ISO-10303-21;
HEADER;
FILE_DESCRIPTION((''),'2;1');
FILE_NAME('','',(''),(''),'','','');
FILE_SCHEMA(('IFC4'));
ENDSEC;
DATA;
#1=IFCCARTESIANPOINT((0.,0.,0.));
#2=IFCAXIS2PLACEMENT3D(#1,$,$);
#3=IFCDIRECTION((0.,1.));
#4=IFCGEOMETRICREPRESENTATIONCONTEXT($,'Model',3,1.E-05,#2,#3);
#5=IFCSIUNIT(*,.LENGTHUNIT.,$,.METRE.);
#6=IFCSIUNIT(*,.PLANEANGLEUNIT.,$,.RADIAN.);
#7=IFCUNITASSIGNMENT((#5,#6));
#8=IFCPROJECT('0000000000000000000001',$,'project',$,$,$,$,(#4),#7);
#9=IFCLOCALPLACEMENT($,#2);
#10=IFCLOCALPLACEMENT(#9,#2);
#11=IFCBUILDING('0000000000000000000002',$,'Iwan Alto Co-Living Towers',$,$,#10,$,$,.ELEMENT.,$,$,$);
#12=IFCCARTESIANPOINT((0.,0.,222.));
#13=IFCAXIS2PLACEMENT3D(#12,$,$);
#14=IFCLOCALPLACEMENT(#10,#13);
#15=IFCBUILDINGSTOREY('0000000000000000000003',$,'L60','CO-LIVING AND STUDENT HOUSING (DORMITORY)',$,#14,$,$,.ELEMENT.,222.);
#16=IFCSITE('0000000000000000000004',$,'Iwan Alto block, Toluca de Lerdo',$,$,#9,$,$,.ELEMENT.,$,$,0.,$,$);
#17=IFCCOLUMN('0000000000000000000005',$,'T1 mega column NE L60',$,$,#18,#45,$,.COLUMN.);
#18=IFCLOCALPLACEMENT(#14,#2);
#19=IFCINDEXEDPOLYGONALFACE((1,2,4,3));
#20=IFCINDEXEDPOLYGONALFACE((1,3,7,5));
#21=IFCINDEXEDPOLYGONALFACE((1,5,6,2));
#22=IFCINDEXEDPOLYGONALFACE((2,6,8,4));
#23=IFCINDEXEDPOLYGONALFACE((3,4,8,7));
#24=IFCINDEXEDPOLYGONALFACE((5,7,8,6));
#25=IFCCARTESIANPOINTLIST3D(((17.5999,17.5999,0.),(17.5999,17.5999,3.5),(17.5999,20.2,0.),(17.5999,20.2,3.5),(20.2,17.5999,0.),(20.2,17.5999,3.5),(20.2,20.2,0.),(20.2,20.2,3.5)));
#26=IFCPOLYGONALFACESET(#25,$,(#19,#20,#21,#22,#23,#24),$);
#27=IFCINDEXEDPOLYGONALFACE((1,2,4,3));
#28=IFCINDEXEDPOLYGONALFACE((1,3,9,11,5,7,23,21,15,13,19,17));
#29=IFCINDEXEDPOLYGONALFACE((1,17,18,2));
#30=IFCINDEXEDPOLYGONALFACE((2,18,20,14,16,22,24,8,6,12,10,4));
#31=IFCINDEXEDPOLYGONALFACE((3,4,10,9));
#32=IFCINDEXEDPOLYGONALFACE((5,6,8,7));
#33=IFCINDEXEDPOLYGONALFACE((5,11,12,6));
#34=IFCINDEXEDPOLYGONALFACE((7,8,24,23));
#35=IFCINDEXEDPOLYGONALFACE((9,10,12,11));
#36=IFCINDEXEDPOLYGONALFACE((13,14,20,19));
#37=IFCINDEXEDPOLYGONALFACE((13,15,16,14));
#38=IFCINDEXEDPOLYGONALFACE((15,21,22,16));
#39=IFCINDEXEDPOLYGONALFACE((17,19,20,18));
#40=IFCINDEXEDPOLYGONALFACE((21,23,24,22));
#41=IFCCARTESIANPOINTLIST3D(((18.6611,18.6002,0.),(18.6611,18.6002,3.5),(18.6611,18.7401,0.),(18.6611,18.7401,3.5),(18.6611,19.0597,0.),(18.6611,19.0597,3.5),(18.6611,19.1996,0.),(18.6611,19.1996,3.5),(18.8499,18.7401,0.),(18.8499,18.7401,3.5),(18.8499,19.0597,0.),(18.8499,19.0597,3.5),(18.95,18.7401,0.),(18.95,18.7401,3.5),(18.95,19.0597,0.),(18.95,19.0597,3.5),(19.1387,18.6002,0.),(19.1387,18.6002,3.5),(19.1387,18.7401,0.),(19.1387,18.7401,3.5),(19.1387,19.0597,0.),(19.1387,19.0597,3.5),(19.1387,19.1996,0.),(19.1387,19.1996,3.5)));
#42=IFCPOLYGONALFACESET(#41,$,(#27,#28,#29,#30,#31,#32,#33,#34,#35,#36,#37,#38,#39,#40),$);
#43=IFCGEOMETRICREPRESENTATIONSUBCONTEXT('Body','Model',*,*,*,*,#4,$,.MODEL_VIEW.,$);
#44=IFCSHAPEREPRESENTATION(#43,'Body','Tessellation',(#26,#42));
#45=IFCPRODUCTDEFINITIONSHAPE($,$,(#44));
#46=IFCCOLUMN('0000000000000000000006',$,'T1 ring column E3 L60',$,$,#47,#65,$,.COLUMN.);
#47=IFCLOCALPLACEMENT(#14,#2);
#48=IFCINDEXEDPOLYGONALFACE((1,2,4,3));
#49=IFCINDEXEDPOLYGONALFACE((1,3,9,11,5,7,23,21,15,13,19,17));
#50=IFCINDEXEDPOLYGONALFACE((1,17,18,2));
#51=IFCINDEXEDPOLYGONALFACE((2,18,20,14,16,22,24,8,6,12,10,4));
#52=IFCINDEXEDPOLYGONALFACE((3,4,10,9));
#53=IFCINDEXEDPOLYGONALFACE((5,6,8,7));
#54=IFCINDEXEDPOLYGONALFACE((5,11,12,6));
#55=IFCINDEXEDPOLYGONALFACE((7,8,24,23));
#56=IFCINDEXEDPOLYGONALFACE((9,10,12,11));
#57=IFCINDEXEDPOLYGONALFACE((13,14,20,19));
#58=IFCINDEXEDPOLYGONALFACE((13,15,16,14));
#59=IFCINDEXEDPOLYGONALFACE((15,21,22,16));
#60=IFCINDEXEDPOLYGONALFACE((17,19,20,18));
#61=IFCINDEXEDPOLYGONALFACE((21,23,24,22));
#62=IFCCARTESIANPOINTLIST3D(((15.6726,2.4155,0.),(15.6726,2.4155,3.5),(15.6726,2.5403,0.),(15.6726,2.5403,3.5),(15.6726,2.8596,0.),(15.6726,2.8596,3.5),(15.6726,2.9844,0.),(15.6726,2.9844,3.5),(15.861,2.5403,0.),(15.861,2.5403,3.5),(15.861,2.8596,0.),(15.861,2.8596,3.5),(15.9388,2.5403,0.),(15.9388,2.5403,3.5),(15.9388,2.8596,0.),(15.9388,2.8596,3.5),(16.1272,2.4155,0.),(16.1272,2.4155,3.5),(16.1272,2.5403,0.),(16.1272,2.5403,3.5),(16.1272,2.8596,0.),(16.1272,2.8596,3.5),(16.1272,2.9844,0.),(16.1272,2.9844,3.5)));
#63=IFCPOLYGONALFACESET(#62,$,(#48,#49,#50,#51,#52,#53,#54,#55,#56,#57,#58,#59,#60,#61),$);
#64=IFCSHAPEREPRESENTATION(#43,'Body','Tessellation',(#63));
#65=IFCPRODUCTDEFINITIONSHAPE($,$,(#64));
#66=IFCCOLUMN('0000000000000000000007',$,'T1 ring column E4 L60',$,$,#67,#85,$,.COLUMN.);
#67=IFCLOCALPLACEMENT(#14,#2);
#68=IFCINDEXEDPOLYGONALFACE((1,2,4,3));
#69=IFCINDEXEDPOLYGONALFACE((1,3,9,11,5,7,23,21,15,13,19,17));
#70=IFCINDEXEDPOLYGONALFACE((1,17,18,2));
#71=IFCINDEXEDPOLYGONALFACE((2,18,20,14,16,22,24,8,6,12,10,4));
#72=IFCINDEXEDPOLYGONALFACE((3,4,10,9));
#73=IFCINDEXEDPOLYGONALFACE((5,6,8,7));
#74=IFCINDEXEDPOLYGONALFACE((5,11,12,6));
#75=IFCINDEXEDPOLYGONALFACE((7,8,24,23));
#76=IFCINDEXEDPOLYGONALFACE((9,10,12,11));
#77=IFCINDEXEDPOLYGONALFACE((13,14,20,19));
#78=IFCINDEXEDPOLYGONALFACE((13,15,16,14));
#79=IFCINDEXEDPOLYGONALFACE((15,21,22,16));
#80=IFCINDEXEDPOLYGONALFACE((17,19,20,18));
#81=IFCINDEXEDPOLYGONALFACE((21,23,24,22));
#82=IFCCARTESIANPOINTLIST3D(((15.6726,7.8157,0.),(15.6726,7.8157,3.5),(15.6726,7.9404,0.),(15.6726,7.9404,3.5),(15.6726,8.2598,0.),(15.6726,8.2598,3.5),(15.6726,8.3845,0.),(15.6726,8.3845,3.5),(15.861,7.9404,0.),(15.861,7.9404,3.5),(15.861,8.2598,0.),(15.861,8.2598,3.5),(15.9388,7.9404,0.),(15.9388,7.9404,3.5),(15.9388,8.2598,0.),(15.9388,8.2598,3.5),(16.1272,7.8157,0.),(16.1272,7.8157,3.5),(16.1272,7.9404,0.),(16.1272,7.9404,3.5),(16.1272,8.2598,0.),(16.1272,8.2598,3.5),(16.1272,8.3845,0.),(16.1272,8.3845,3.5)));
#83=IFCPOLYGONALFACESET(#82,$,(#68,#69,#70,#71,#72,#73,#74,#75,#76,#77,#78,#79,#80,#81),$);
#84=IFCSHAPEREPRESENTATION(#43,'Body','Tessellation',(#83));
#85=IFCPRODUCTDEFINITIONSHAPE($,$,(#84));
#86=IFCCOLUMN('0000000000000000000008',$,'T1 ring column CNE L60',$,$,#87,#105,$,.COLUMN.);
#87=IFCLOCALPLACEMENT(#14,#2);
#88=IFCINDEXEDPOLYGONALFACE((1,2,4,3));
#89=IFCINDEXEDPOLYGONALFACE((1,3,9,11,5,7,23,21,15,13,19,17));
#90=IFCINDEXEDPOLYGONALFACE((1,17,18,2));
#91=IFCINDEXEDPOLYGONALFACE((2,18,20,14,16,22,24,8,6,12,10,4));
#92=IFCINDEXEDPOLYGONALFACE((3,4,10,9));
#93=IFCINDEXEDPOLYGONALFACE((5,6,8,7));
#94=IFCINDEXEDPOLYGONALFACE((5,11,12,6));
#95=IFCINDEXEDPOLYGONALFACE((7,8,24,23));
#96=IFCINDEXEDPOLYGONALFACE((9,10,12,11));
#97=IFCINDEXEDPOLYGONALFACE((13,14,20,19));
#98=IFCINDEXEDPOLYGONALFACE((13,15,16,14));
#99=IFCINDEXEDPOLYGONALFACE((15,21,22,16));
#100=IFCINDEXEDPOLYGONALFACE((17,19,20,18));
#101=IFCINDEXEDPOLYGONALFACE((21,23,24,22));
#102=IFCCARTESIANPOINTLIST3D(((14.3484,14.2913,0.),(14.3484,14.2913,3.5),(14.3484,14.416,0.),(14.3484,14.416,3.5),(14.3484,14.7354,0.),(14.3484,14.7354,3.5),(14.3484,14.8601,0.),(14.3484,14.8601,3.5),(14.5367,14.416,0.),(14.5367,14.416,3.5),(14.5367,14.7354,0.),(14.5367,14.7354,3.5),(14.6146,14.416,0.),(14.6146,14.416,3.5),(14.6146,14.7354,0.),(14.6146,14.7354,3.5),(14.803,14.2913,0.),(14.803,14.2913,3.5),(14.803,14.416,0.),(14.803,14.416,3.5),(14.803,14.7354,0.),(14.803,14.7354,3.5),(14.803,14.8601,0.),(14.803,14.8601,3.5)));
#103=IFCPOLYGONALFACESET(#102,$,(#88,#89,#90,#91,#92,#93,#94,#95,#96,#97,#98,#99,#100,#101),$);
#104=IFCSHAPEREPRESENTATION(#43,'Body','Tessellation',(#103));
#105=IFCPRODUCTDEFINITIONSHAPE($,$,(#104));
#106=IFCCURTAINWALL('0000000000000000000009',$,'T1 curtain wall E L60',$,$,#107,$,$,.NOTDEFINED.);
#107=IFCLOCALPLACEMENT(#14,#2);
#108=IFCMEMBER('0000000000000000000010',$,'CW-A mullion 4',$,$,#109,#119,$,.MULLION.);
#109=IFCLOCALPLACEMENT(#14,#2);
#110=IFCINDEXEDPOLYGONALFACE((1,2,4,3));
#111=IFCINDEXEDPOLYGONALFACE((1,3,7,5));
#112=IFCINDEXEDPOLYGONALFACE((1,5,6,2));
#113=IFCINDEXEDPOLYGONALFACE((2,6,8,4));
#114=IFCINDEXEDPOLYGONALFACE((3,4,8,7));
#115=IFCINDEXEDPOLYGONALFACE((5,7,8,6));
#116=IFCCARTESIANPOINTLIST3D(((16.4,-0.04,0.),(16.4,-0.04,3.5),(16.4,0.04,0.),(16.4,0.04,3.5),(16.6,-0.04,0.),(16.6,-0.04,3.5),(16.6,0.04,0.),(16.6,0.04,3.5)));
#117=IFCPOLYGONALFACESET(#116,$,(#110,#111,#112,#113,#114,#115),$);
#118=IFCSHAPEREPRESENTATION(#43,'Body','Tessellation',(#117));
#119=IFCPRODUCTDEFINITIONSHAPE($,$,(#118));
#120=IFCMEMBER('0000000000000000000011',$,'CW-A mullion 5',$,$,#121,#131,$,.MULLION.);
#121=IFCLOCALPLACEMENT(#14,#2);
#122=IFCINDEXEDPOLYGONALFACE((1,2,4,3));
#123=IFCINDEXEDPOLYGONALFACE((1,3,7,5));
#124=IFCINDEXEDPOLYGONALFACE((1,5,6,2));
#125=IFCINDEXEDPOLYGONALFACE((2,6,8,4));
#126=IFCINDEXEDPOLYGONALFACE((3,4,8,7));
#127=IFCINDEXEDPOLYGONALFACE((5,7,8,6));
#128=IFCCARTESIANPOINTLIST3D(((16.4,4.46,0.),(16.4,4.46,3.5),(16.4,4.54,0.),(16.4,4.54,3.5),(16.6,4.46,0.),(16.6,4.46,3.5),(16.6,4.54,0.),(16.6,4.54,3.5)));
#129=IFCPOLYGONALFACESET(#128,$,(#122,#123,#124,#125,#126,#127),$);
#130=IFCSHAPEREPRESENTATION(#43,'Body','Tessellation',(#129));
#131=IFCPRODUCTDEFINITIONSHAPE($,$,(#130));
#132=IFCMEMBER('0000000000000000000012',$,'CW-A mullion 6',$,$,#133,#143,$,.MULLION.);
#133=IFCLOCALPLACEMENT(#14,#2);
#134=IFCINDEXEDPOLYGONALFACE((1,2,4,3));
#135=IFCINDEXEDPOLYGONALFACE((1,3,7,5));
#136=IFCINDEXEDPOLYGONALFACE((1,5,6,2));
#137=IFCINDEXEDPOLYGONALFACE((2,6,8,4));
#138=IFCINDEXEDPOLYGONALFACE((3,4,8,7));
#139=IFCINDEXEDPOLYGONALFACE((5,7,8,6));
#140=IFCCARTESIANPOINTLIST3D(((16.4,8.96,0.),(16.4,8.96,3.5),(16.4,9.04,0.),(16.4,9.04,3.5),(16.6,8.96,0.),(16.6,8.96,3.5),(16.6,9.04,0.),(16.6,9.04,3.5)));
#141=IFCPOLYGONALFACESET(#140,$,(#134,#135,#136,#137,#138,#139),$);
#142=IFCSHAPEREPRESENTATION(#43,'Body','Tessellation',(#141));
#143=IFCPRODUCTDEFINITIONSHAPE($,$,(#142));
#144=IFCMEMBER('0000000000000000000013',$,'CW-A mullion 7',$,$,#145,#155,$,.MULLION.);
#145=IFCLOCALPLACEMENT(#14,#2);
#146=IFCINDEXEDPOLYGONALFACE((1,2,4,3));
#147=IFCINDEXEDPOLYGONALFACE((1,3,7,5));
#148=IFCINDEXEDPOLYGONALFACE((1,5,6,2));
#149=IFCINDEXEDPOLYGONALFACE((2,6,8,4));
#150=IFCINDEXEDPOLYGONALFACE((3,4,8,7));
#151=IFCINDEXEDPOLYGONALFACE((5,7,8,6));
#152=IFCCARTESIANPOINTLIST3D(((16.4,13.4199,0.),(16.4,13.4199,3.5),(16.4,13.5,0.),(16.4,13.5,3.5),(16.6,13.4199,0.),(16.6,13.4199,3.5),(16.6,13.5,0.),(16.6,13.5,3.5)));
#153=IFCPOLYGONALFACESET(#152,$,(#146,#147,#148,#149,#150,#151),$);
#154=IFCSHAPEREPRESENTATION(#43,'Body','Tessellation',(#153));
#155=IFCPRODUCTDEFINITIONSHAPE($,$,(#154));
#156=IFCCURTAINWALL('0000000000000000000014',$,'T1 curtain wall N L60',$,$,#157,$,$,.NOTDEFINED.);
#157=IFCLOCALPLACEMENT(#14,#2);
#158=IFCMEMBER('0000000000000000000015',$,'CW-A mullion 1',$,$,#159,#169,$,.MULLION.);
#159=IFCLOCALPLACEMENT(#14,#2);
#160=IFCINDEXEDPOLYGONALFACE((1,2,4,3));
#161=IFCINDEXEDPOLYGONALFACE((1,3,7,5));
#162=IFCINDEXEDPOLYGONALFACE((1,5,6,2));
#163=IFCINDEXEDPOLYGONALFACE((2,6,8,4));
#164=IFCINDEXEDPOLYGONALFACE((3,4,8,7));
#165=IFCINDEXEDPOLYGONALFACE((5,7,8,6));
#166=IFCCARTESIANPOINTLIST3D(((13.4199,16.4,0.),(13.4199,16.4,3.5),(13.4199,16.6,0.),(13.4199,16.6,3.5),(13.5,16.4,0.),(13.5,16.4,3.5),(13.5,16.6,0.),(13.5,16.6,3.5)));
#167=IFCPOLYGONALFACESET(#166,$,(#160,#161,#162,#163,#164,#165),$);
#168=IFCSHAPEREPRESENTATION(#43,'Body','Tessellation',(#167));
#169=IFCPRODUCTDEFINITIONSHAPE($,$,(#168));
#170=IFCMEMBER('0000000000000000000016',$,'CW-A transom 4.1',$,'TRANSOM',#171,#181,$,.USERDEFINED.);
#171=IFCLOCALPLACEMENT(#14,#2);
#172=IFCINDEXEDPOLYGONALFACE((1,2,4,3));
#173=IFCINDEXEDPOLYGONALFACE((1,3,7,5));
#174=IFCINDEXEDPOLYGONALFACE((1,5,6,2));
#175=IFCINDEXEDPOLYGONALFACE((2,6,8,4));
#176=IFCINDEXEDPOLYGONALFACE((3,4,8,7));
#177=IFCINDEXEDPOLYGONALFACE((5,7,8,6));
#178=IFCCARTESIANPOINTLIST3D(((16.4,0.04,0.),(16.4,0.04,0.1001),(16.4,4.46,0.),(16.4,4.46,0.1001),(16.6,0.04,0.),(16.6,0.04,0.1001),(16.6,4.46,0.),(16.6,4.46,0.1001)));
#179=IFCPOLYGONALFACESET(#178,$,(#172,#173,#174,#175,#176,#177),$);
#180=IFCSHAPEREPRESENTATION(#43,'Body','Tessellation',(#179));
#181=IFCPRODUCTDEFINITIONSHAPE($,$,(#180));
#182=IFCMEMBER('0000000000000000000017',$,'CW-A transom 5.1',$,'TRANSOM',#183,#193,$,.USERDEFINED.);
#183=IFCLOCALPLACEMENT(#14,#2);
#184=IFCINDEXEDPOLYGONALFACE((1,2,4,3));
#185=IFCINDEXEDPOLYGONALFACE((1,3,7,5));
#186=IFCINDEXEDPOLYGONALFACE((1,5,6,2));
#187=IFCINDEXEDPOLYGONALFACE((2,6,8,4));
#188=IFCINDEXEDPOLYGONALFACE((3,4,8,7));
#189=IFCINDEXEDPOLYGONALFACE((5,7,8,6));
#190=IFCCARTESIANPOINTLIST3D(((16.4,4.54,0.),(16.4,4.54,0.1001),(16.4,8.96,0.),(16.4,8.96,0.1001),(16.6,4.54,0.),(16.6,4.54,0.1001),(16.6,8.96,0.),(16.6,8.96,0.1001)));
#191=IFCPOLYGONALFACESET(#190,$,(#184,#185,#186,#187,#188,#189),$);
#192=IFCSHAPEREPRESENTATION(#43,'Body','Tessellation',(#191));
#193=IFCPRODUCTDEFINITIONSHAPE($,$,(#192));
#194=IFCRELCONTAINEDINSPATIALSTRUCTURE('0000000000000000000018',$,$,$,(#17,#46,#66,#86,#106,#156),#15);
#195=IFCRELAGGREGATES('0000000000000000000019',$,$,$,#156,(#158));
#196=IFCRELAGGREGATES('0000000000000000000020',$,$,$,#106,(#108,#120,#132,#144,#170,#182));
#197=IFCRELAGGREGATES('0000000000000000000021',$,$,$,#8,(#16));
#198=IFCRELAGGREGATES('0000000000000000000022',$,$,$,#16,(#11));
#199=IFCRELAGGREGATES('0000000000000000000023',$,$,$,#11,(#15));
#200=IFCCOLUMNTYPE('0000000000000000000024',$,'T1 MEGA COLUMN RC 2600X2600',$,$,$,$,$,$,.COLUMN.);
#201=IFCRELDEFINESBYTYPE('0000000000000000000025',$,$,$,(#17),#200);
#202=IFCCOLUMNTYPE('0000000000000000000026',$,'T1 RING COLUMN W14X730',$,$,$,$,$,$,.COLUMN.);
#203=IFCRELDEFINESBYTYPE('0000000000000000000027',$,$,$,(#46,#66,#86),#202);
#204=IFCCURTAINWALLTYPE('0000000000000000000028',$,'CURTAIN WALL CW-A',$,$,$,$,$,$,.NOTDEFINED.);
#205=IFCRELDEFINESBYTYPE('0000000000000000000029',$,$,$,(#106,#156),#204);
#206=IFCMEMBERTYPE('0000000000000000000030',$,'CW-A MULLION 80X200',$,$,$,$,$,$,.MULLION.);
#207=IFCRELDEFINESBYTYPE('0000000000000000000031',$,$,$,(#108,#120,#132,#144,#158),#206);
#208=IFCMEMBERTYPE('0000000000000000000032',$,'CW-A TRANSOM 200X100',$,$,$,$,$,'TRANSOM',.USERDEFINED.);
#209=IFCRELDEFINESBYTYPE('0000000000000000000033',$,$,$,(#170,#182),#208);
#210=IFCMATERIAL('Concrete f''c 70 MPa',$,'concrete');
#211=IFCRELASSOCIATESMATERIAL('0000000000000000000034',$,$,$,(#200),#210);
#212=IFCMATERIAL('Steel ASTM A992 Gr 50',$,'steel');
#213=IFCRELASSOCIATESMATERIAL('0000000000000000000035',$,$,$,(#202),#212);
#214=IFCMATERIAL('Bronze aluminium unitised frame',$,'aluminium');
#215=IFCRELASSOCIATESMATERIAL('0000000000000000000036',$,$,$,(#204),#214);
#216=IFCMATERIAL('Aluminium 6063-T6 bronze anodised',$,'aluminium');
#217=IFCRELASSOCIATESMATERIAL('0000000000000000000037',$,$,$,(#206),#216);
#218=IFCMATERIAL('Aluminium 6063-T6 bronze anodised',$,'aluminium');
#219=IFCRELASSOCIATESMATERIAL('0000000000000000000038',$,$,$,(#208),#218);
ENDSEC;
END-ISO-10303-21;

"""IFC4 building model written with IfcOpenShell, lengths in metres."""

from ifc_helpers import new_model, si_unit, direction, frame, origin, origin_2d, place, context, subcontext, project, spatial, rectangle, i_section, extrude, material, material_profile, profile_set, type_object, element, aggregate, save


model = new_model("IFC4")

# Units and contexts
model_context = context("Model", 3, precision=1e-05, world=origin(), true_north=direction((0.0, 1.0)))
body_context = subcontext(model_context, "Body", "Model", "MODEL_VIEW")
ifc_project = project(units=[si_unit("LENGTHUNIT", "METRE"), si_unit("PLANEANGLEUNIT", "RADIAN")], contexts=[model_context])

# Site, building, storey
site_placement = place(None, origin())
site = spatial("IfcSite", under=ifc_project, at=site_placement, Name="Iwan Alto block, Toluca de Lerdo", CompositionType="ELEMENT", RefElevation=0.0)
building_placement = place(site_placement, origin())
building = spatial("IfcBuilding", under=site, at=building_placement, Name="Iwan Alto Co-Living Towers", CompositionType="ELEMENT")
storey_placement = place(building_placement, frame((0.0, 0.0, 222.0)))
storey = spatial("IfcBuildingStorey", under=building, at=storey_placement, Name="L60", Description="CO-LIVING AND STUDENT HOUSING (DORMITORY)", CompositionType="ELEMENT", Elevation=222.0)

# Columns
ifc_material_1 = material(Name="Concrete f'c 70 MPa", Category="concrete")
ifc_material_profile_1 = material_profile(ifc_material_1, rectangle(XDim=2.6001, YDim=2.6001, at=origin_2d()), Name="RC 2600X2600")
ifc_profile_set_1 = profile_set([ifc_material_profile_1], Name="Concrete f'c 70 MPa")
column_type_1 = type_object("IfcColumnType", Name="T1 MEGA COLUMN RC 2600X2600", PredefinedType="COLUMN", material=ifc_profile_set_1)
column_placement = place(storey_placement, frame((18.8999, 18.8999, 0.0), z_axis=(0.0, 0.0, 1.0), x_axis=(1.0, 0.0, 0.0)))
element("IfcColumn", 1, at=column_placement, inside=storey, type_object=column_type_1, Name="T1 mega column NE L60", PredefinedType="COLUMN", context=body_context, shape_type="SweptSolid", body=[
    extrude(rectangle(XDim=2.6001, YDim=2.6001, at=origin_2d()), origin(), (0.0, 0.0, 1.0), 3.5),
    extrude(i_section(OverallWidth=0.4775, OverallDepth=0.5994, WebThickness=0.1001, FlangeThickness=0.1399, at=origin_2d()), origin(), (0.0, 0.0, 1.0), 3.5),
])
ifc_material_2 = material(Name="Steel ASTM A992 Gr 50", Category="steel")
ifc_material_profile_2 = material_profile(ifc_material_2, i_section(OverallWidth=0.4546, OverallDepth=0.5688, WebThickness=0.0779, FlangeThickness=0.1248, at=origin_2d()), Name="W14X730")
ifc_profile_set_2 = profile_set([ifc_material_profile_2], Name="Steel ASTM A992 Gr 50")
column_type_2 = type_object("IfcColumnType", Name="T1 RING COLUMN W14X730", PredefinedType="COLUMN", material=ifc_profile_set_2)
for number, where, z_axis, x_axis, name in (
    (2, (15.8999, 2.7, 0.0), (0.0, 0.0, 1.0), (1.0, 0.0, 0.0), "T1 ring column E3 L60"),
    (3, (15.8999, 8.1001, 0.0), (0.0, 0.0, 1.0), (1.0, 0.0, 0.0), "T1 ring column E4 L60"),
    (4, (14.5757, 14.5757, 0.0), (0.0, 0.0, 1.0), (1.0, 0.0, 0.0), "T1 ring column CNE L60"),
):
    element("IfcColumn", number, at=place(storey_placement, frame(where, z_axis=z_axis, x_axis=x_axis)), inside=storey, type_object=column_type_2, Name=name, PredefinedType="COLUMN", context=body_context, shape_type="SweptSolid", body=[
        extrude(i_section(OverallWidth=0.4546, OverallDepth=0.5688, WebThickness=0.0779, FlangeThickness=0.1248, at=origin_2d()), origin(), (0.0, 0.0, 1.0), 3.5),
    ])

# Curtain wall, members
ifc_material_3 = material(Name="Bronze aluminium unitised frame", Category="aluminium")
curtain_wall_type_1 = type_object("IfcCurtainWallType", Name="CURTAIN WALL CW-A", PredefinedType="NOTDEFINED", material=ifc_material_3)
curtain_wall_1_placement = place(storey_placement, origin())
curtain_wall_1 = element("IfcCurtainWall", 5, at=curtain_wall_1_placement, inside=storey, type_object=curtain_wall_type_1, Name="T1 curtain wall E L60", PredefinedType="NOTDEFINED")
ifc_material_4 = material(Name="Aluminium 6063-T6 bronze anodised", Category="aluminium")
ifc_material_profile_3 = material_profile(ifc_material_4, rectangle(XDim=0.2, YDim=0.0801, at=origin_2d()), Name="AL 80X200")
ifc_profile_set_3 = profile_set([ifc_material_profile_3], Name="Aluminium 6063-T6 bronze anodised")
member_type_1 = type_object("IfcMemberType", Name="CW-A MULLION 80X200", PredefinedType="MULLION", material=ifc_profile_set_3)
member_1_placement = place(storey_placement, frame((16.5, 0.0, 0.0), z_axis=(0.0, 0.0, 1.0), x_axis=(-1.0, 0.0, 0.0)))
member_1 = element("IfcMember", 6, at=member_1_placement, type_object=member_type_1, Name="CW-A mullion 4", PredefinedType="MULLION", context=body_context, shape_type="SweptSolid", body=[
    extrude(rectangle(XDim=0.2, YDim=0.0801, at=origin_2d()), origin(), (0.0, 0.0, 1.0), 3.5),
])
member_2_placement = place(storey_placement, frame((16.5, 4.5, 0.0), z_axis=(0.0, 0.0, 1.0), x_axis=(-1.0, 0.0, 0.0)))
member_2 = element("IfcMember", 7, at=member_2_placement, type_object=member_type_1, Name="CW-A mullion 5", PredefinedType="MULLION", context=body_context, shape_type="SweptSolid", body=[
    extrude(rectangle(XDim=0.2, YDim=0.0801, at=origin_2d()), origin(), (0.0, 0.0, 1.0), 3.5),
])
member_3_placement = place(storey_placement, frame((16.5, 9.0, 0.0), z_axis=(0.0, 0.0, 1.0), x_axis=(-1.0, 0.0, 0.0)))
member_3 = element("IfcMember", 8, at=member_3_placement, type_object=member_type_1, Name="CW-A mullion 6", PredefinedType="MULLION", context=body_context, shape_type="SweptSolid", body=[
    extrude(rectangle(XDim=0.2, YDim=0.0801, at=origin_2d()), origin(), (0.0, 0.0, 1.0), 3.5),
])
member_4_placement = place(storey_placement, frame((16.5, 13.46, 0.0), z_axis=(0.0, 0.0, 1.0), x_axis=(-1.0, 0.0, 0.0)))
member_4 = element("IfcMember", 9, at=member_4_placement, type_object=member_type_1, Name="CW-A mullion 7", PredefinedType="MULLION", context=body_context, shape_type="SweptSolid", body=[
    extrude(rectangle(XDim=0.2, YDim=0.0801, at=origin_2d()), origin(), (0.0, 0.0, 1.0), 3.5),
])

# Curtain wall, member
curtain_wall_2_placement = place(storey_placement, origin())
curtain_wall_2 = element("IfcCurtainWall", 10, at=curtain_wall_2_placement, inside=storey, type_object=curtain_wall_type_1, Name="T1 curtain wall N L60", PredefinedType="NOTDEFINED")
member_5_placement = place(storey_placement, frame((13.46, 16.5, 0.0), z_axis=(0.0, 0.0, 1.0), x_axis=(0.0, -1.0, 0.0)))
member_5 = element("IfcMember", 11, at=member_5_placement, type_object=member_type_1, Name="CW-A mullion 1", PredefinedType="MULLION", context=body_context, shape_type="SweptSolid", body=[
    extrude(rectangle(XDim=0.2, YDim=0.0801, at=origin_2d()), origin(), (0.0, 0.0, 1.0), 3.5),
])

# Members
ifc_material_5 = material(Name="Aluminium 6063-T6 bronze anodised", Category="aluminium")
ifc_material_profile_4 = material_profile(ifc_material_5, rectangle(XDim=0.2, YDim=0.1001, at=origin_2d()), Name="AL 200X100")
ifc_profile_set_4 = profile_set([ifc_material_profile_4], Name="Aluminium 6063-T6 bronze anodised")
member_type_2 = type_object("IfcMemberType", Name="CW-A TRANSOM 200X100", ElementType="TRANSOM", PredefinedType="USERDEFINED", material=ifc_profile_set_4)
member_6_placement = place(storey_placement, frame((16.5, 0.04, 0.05), z_axis=(0.0, 1.0, 0.0), x_axis=(-1.0, 0.0, 0.0)))
member_6 = element("IfcMember", 12, at=member_6_placement, type_object=member_type_2, Name="CW-A transom 4.1", ObjectType="TRANSOM", PredefinedType="USERDEFINED", context=body_context, shape_type="SweptSolid", body=[
    extrude(rectangle(XDim=0.2, YDim=0.1001, at=origin_2d()), origin(), (0.0, 0.0, 1.0), 4.4199),
])
member_7_placement = place(storey_placement, frame((16.5, 4.54, 0.05), z_axis=(0.0, 1.0, 0.0), x_axis=(-1.0, 0.0, 0.0)))
member_7 = element("IfcMember", 13, at=member_7_placement, type_object=member_type_2, Name="CW-A transom 5.1", ObjectType="TRANSOM", PredefinedType="USERDEFINED", context=body_context, shape_type="SweptSolid", body=[
    extrude(rectangle(XDim=0.2, YDim=0.1001, at=origin_2d()), origin(), (0.0, 0.0, 1.0), 4.4199),
])
aggregate(curtain_wall_2, [member_5])

aggregate(curtain_wall_1, [member_1, member_2, member_3, member_4, member_6, member_7])

save(model, "model.ifc")
